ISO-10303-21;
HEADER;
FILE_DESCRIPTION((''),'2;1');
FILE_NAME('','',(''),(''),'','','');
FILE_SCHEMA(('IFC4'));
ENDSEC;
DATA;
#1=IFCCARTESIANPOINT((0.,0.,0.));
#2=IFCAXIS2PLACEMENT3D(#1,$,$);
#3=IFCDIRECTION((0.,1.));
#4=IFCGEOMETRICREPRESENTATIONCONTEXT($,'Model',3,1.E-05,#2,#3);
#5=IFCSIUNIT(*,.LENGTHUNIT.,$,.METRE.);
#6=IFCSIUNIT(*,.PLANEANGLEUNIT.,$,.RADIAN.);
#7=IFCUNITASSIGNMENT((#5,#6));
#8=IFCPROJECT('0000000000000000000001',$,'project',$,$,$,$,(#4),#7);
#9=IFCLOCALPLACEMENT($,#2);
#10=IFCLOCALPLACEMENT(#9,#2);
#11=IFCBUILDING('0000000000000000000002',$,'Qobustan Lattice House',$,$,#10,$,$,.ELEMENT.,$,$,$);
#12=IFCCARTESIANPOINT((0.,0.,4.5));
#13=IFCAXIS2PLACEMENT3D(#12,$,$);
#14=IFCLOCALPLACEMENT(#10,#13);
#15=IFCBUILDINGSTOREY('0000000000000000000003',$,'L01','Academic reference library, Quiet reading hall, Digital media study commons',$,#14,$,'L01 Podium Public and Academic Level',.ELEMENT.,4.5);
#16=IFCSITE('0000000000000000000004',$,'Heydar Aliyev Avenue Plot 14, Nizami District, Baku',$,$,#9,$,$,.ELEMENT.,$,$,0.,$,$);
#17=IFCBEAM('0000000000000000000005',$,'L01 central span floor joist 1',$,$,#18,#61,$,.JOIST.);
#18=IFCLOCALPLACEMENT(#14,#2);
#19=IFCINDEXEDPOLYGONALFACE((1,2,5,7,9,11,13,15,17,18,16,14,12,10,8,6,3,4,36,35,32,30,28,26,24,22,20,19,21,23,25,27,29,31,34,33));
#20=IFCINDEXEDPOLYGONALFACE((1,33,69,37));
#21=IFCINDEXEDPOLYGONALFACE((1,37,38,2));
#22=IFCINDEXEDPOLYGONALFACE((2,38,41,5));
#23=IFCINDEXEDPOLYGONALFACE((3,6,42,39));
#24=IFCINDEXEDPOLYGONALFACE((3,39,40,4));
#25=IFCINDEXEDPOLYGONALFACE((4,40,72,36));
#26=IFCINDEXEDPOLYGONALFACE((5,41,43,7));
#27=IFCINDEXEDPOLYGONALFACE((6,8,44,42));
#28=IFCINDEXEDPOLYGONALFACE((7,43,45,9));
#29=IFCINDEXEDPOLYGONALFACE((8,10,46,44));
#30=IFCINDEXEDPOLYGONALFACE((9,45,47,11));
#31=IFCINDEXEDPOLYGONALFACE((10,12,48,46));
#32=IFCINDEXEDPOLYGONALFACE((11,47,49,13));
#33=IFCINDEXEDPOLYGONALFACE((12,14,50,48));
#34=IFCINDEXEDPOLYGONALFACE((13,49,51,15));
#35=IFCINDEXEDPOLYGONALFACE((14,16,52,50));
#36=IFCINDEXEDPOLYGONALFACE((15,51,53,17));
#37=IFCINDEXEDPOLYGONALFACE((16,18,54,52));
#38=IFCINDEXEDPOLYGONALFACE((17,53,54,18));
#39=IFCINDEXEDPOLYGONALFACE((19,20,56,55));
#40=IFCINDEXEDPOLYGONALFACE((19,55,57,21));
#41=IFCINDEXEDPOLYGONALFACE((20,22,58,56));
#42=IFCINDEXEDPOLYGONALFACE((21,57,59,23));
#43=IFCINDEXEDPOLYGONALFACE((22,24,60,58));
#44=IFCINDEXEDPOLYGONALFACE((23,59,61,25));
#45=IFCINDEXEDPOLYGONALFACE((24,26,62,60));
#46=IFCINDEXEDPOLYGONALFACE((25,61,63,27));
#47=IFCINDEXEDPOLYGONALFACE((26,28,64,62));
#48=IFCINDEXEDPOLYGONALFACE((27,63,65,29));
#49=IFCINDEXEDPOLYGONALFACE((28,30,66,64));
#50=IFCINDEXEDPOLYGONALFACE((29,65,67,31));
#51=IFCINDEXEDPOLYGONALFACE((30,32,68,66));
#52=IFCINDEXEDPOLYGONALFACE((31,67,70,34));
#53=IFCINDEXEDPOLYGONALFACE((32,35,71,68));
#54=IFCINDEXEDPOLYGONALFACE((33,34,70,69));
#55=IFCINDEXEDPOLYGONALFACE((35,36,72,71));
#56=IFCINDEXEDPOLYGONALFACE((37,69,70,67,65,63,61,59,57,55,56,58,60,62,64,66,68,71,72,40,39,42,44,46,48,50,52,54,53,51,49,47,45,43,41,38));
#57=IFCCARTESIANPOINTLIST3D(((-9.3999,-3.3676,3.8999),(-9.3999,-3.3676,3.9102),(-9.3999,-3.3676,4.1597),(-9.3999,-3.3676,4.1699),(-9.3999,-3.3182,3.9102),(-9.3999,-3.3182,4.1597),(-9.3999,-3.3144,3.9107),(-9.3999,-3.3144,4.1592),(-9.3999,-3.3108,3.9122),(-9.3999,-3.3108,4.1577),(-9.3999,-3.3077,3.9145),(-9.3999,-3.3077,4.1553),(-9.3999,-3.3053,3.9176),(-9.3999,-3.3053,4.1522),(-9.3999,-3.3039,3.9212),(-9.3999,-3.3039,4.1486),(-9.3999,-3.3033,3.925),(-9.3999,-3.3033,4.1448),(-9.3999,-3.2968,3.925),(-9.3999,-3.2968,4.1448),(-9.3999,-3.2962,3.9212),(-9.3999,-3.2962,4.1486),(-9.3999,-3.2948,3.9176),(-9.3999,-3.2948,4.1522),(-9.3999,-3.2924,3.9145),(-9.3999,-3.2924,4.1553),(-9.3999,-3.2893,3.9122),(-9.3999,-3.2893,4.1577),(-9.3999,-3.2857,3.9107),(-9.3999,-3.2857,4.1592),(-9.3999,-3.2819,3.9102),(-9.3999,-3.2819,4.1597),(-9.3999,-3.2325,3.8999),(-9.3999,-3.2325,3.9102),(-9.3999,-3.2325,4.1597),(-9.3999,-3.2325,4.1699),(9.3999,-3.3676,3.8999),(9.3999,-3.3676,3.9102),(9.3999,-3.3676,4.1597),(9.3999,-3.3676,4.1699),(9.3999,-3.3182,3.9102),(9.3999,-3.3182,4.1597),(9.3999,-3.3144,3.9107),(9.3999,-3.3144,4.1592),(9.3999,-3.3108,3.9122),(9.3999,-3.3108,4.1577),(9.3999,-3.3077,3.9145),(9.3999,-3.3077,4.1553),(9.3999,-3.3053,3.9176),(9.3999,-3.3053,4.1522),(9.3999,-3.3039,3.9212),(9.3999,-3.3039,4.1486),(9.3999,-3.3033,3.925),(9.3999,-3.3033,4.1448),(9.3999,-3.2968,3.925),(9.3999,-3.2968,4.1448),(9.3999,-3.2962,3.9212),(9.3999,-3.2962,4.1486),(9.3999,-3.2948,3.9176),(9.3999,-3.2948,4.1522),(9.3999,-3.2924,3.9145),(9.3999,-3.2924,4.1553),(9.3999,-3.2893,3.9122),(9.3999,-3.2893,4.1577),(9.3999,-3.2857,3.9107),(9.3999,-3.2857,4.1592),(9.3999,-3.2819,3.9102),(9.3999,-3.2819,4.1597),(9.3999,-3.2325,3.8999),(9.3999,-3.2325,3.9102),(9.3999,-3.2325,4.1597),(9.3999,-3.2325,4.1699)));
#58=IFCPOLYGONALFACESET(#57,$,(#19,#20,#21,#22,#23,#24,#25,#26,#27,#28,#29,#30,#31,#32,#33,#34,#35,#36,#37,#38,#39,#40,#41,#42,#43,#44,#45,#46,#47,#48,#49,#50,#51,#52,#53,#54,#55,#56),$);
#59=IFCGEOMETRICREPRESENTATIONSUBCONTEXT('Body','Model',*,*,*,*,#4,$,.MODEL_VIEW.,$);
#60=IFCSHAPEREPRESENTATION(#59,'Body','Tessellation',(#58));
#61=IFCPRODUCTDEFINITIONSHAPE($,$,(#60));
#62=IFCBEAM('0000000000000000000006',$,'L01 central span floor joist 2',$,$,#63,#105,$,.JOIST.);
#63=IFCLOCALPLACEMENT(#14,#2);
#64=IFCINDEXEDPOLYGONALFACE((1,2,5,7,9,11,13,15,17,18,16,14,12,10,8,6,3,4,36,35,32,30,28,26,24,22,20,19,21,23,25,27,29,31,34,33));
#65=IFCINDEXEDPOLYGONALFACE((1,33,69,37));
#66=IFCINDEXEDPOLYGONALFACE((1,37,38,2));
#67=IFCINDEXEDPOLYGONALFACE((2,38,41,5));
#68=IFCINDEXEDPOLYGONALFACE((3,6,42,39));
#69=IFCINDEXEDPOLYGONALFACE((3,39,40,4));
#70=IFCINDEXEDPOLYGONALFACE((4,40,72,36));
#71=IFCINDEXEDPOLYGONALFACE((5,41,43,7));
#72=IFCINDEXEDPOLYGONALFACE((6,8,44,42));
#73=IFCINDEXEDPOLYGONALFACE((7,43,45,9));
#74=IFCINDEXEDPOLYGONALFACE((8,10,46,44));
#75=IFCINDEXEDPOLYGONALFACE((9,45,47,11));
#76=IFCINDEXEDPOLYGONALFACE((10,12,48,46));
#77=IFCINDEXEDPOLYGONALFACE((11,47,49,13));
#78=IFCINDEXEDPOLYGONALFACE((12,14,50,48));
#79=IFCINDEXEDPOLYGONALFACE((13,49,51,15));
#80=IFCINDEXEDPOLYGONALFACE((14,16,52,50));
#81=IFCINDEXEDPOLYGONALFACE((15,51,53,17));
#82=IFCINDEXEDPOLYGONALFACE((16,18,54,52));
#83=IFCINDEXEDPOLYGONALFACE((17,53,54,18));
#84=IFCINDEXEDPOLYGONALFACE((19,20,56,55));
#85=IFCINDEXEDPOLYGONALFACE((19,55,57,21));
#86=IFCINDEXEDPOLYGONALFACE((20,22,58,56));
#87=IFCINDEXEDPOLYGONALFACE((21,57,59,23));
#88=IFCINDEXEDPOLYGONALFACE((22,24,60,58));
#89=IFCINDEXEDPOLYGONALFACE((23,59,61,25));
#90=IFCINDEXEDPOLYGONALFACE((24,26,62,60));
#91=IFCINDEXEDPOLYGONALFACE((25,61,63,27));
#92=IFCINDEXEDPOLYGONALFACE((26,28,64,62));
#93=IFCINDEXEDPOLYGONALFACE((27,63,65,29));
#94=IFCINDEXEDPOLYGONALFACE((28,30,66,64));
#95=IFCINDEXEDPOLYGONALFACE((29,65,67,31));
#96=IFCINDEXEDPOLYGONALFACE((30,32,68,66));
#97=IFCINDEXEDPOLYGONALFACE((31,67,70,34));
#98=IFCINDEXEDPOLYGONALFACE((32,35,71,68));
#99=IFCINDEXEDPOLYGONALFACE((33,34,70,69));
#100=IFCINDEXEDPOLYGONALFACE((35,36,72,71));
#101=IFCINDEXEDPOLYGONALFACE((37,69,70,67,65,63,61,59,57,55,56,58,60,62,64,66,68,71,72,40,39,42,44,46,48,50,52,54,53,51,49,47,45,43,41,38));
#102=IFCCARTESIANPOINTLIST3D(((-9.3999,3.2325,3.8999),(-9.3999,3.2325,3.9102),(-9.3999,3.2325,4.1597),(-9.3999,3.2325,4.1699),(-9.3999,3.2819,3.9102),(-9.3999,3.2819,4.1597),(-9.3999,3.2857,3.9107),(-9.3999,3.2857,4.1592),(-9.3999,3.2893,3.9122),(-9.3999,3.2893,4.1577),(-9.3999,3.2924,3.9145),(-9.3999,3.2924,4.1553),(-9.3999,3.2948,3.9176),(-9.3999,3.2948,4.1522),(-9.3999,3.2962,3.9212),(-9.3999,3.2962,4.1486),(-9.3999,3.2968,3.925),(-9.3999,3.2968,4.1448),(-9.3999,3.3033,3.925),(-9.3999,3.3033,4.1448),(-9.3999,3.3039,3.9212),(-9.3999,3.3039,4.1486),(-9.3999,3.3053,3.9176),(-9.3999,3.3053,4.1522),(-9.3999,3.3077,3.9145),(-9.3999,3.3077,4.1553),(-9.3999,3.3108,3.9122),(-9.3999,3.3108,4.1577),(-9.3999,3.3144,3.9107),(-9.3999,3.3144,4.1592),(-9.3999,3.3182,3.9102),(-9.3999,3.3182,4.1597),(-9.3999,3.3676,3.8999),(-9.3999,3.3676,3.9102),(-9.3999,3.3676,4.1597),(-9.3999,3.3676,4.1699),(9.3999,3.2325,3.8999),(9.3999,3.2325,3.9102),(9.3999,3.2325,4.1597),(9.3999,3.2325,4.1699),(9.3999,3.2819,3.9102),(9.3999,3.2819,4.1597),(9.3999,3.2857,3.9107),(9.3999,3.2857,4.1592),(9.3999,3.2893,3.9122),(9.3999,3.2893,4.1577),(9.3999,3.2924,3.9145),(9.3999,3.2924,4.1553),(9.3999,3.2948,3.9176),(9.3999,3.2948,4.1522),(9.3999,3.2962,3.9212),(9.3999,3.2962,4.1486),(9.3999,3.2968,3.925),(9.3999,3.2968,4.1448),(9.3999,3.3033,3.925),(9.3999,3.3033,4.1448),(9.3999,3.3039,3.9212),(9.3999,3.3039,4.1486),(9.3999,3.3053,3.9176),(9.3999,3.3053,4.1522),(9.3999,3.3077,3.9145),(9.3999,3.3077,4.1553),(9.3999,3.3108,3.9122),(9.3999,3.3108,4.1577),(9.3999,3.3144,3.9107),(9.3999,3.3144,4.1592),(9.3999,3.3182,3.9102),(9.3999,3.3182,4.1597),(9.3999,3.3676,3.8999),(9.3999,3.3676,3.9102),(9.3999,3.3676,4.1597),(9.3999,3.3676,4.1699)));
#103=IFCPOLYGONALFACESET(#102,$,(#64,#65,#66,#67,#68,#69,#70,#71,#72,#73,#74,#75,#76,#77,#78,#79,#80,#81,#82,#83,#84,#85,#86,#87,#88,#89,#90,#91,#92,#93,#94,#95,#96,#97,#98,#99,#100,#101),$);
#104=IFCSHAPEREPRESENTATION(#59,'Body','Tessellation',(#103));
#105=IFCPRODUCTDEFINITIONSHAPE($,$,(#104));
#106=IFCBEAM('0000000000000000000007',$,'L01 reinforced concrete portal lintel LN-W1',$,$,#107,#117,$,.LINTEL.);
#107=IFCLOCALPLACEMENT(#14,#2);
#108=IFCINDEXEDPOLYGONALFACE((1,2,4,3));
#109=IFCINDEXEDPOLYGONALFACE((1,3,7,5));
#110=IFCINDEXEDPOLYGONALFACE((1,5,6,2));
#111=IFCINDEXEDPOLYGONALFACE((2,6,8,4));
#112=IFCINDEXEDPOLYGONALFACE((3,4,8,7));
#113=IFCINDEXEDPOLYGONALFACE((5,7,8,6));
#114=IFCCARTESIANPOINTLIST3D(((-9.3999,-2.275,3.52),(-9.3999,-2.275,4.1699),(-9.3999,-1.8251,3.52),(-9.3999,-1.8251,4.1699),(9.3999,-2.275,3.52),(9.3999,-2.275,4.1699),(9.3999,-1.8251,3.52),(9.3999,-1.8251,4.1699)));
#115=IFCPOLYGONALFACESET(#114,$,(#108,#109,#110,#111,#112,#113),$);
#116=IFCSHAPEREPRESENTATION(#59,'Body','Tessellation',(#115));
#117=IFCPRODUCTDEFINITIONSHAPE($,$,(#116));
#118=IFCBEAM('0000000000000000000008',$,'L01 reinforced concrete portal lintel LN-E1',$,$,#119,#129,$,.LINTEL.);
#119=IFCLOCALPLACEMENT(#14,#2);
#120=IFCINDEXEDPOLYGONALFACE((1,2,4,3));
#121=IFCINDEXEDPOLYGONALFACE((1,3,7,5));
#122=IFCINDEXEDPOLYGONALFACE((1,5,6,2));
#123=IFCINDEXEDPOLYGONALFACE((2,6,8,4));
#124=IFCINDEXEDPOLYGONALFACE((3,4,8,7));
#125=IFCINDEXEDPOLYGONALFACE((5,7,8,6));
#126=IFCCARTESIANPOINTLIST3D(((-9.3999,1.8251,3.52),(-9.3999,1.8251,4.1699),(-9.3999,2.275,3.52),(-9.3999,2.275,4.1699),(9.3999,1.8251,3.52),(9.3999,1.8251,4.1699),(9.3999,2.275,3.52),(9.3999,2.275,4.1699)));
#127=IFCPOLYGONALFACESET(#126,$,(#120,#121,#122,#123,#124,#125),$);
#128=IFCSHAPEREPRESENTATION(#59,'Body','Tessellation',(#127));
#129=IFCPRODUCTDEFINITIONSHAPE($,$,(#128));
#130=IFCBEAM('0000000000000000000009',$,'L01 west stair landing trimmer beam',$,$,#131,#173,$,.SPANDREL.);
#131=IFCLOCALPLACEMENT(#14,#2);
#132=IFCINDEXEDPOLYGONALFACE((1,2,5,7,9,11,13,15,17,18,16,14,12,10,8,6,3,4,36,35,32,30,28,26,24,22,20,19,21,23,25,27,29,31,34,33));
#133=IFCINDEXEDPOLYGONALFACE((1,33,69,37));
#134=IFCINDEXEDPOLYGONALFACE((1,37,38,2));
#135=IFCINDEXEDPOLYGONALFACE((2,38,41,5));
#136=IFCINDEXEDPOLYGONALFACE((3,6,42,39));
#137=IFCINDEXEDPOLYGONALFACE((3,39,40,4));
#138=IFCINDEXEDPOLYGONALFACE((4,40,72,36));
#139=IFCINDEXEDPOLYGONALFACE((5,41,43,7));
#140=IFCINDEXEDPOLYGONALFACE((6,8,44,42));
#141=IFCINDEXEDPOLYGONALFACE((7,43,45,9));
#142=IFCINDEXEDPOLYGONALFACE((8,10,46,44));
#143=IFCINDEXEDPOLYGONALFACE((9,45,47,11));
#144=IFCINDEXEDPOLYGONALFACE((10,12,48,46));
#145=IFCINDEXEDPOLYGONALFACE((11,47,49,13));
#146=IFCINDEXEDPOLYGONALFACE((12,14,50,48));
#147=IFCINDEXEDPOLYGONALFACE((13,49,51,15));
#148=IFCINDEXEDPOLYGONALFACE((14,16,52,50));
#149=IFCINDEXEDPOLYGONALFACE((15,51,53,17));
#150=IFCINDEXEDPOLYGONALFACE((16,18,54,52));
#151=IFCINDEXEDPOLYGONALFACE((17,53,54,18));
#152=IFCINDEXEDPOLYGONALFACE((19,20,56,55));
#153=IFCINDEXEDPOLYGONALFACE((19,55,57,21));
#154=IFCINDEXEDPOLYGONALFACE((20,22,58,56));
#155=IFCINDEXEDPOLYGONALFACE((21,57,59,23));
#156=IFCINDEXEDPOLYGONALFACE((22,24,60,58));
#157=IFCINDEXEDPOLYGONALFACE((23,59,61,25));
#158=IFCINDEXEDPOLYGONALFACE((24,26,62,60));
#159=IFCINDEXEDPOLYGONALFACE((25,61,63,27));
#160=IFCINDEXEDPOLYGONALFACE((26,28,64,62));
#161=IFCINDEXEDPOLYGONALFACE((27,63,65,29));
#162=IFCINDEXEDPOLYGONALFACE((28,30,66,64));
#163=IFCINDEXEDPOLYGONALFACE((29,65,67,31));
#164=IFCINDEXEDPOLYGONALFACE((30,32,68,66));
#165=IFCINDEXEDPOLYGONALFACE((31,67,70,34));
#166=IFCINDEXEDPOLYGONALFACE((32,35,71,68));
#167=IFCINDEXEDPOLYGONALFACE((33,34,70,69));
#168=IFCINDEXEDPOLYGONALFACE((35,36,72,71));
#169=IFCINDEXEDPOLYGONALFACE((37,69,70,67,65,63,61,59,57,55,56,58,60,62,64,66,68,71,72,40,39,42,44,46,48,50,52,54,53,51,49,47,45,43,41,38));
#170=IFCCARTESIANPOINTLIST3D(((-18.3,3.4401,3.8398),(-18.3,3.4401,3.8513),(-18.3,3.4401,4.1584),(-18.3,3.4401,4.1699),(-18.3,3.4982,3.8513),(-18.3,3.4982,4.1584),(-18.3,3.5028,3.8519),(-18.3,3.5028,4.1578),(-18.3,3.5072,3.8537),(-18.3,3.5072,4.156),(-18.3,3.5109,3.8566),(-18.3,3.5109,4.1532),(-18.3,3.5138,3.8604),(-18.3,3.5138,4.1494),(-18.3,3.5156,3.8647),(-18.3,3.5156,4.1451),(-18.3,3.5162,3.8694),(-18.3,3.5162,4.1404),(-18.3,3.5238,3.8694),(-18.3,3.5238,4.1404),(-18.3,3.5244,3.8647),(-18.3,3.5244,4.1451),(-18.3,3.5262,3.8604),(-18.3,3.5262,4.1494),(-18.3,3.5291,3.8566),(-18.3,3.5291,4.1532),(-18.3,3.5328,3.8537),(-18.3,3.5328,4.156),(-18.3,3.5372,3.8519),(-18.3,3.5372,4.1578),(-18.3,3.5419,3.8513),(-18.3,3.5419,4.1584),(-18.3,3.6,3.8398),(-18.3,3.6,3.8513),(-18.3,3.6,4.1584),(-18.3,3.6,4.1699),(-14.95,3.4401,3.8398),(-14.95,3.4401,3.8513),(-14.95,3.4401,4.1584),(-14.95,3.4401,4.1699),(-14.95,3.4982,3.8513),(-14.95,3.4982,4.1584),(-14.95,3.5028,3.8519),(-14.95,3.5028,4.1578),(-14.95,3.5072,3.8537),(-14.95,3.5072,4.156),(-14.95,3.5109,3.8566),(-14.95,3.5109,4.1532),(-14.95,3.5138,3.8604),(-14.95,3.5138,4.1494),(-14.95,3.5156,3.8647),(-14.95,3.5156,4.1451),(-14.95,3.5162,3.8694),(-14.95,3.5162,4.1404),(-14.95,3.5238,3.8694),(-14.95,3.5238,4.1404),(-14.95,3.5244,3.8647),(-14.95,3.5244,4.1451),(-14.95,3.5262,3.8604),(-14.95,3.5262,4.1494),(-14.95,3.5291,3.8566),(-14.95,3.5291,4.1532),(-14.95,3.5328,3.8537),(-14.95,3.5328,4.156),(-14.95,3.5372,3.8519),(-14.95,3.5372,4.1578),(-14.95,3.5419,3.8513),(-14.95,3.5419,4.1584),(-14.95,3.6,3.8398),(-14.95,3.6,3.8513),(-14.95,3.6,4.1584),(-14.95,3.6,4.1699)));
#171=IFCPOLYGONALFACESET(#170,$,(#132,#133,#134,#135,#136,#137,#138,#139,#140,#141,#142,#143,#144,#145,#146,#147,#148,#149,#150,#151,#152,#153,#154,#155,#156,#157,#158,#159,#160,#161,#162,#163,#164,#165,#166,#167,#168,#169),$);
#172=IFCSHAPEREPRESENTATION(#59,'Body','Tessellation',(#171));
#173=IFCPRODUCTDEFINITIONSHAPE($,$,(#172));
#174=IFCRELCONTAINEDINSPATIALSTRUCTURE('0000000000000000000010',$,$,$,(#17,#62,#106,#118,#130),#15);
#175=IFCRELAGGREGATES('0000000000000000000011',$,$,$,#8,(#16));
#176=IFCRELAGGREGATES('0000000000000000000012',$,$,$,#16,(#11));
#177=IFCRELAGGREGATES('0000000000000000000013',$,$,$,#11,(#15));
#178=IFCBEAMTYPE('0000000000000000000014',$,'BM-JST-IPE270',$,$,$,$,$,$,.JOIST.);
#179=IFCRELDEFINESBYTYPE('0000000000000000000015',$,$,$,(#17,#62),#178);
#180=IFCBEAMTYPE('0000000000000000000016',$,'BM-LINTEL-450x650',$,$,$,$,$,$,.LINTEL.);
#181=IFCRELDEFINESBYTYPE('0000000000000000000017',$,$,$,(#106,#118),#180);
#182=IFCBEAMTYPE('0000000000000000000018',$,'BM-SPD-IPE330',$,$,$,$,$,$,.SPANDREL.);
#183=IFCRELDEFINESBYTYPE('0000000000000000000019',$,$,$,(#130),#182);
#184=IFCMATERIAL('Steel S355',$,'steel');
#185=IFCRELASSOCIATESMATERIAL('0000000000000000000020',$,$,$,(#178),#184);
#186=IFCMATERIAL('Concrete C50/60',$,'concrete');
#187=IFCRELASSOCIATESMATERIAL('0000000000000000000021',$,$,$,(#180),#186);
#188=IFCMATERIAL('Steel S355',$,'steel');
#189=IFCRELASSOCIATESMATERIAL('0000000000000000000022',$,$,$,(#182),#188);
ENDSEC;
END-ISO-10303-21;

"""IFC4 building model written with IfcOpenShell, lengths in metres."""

from ifc_helpers import new_model, si_unit, direction, frame, origin, origin_2d, place, context, subcontext, project, spatial, rectangle, i_section, extrude, material, material_profile, profile_set, type_object, element, save


model = new_model("IFC4")

# Units and contexts
model_context = context("Model", 3, precision=1e-05, world=origin(), true_north=direction((0.0, 1.0)))
body_context = subcontext(model_context, "Body", "Model", "MODEL_VIEW")
ifc_project = project(units=[si_unit("LENGTHUNIT", "METRE"), si_unit("PLANEANGLEUNIT", "RADIAN")], contexts=[model_context])

# Site, building, storey
site_placement = place(None, origin())
site = spatial("IfcSite", under=ifc_project, at=site_placement, Name="Heydar Aliyev Avenue Plot 14, Nizami District, Baku", CompositionType="ELEMENT", RefElevation=0.0)
building_placement = place(site_placement, origin())
building = spatial("IfcBuilding", under=site, at=building_placement, Name="Qobustan Lattice House", CompositionType="ELEMENT")
storey_placement = place(building_placement, frame((0.0, 0.0, 4.5)))
storey = spatial("IfcBuildingStorey", under=building, at=storey_placement, Name="L01", Description="Academic reference library, Quiet reading hall, Digital media study commons", LongName="L01 Podium Public and Academic Level", CompositionType="ELEMENT", Elevation=4.5)

# Beams
ifc_material_1 = material(Name="Steel S355", Category="steel")
ifc_material_profile_1 = material_profile(ifc_material_1, i_section(OverallWidth=0.135, OverallDepth=0.27, WebThickness=0.0066, FlangeThickness=0.0103, FilletRadius=0.0149, at=origin_2d()), Name="IPE270")
ifc_profile_set_1 = profile_set([ifc_material_profile_1], Name="Steel S355")
beam_type_1 = type_object("IfcBeamType", Name="BM-JST-IPE270", PredefinedType="JOIST", material=ifc_profile_set_1)
for number, where, z_axis, x_axis, name in (
    (1, (-9.3999, -3.3, 4.0349), (1.0, 0.0, 0.0), (0.0, 1.0, 0.0), "L01 central span floor joist 1"),
    (2, (-9.3999, 3.3, 4.0349), (1.0, 0.0, 0.0), (0.0, 1.0, 0.0), "L01 central span floor joist 2"),
):
    element("IfcBeam", number, at=place(storey_placement, frame(where, z_axis=z_axis, x_axis=x_axis)), inside=storey, type_object=beam_type_1, Name=name, PredefinedType="JOIST", context=body_context, shape_type="SweptSolid", body=[
        extrude(i_section(OverallWidth=0.135, OverallDepth=0.27, WebThickness=0.0066, FlangeThickness=0.0103, FilletRadius=0.0149, at=origin_2d()), origin(), (0.0, 0.0, 1.0), 18.7998),
    ])
ifc_material_2 = material(Name="Concrete C50/60", Category="concrete")
ifc_material_profile_2 = material_profile(ifc_material_2, rectangle(XDim=0.45, YDim=0.6499, at=origin_2d()), Name="RC450x650")
ifc_profile_set_2 = profile_set([ifc_material_profile_2], Name="Concrete C50/60")
beam_type_2 = type_object("IfcBeamType", Name="BM-LINTEL-450x650", PredefinedType="LINTEL", material=ifc_profile_set_2)
for number, where, z_axis, x_axis, name in (
    (3, (-9.3999, -2.05, 3.845), (1.0, 0.0, 0.0), (0.0, 1.0, 0.0), "L01 reinforced concrete portal lintel LN-W1"),
    (4, (-9.3999, 2.05, 3.845), (1.0, 0.0, 0.0), (0.0, 1.0, 0.0), "L01 reinforced concrete portal lintel LN-E1"),
):
    element("IfcBeam", number, at=place(storey_placement, frame(where, z_axis=z_axis, x_axis=x_axis)), inside=storey, type_object=beam_type_2, Name=name, PredefinedType="LINTEL", context=body_context, shape_type="SweptSolid", body=[
        extrude(rectangle(XDim=0.45, YDim=0.6499, at=origin_2d()), origin(), (0.0, 0.0, 1.0), 18.7998),
    ])
ifc_material_3 = material(Name="Steel S355", Category="steel")
ifc_material_profile_3 = material_profile(ifc_material_3, i_section(OverallWidth=0.1599, OverallDepth=0.3301, WebThickness=0.0076, FlangeThickness=0.0115, FilletRadius=0.0181, at=origin_2d()), Name="IPE330")
ifc_profile_set_3 = profile_set([ifc_material_profile_3], Name="Steel S355")
beam_type_3 = type_object("IfcBeamType", Name="BM-SPD-IPE330", PredefinedType="SPANDREL", material=ifc_profile_set_3)
beam_placement = place(storey_placement, frame((-18.3, 3.52, 4.0049), z_axis=(1.0, 0.0, 0.0), x_axis=(0.0, 1.0, 0.0)))
element("IfcBeam", 5, at=beam_placement, inside=storey, type_object=beam_type_3, Name="L01 west stair landing trimmer beam", PredefinedType="SPANDREL", context=body_context, shape_type="SweptSolid", body=[
    extrude(i_section(OverallWidth=0.1599, OverallDepth=0.3301, WebThickness=0.0076, FlangeThickness=0.0115, FilletRadius=0.0181, at=origin_2d()), origin(), (0.0, 0.0, 1.0), 3.3501),
])

save(model, "model.ifc")
